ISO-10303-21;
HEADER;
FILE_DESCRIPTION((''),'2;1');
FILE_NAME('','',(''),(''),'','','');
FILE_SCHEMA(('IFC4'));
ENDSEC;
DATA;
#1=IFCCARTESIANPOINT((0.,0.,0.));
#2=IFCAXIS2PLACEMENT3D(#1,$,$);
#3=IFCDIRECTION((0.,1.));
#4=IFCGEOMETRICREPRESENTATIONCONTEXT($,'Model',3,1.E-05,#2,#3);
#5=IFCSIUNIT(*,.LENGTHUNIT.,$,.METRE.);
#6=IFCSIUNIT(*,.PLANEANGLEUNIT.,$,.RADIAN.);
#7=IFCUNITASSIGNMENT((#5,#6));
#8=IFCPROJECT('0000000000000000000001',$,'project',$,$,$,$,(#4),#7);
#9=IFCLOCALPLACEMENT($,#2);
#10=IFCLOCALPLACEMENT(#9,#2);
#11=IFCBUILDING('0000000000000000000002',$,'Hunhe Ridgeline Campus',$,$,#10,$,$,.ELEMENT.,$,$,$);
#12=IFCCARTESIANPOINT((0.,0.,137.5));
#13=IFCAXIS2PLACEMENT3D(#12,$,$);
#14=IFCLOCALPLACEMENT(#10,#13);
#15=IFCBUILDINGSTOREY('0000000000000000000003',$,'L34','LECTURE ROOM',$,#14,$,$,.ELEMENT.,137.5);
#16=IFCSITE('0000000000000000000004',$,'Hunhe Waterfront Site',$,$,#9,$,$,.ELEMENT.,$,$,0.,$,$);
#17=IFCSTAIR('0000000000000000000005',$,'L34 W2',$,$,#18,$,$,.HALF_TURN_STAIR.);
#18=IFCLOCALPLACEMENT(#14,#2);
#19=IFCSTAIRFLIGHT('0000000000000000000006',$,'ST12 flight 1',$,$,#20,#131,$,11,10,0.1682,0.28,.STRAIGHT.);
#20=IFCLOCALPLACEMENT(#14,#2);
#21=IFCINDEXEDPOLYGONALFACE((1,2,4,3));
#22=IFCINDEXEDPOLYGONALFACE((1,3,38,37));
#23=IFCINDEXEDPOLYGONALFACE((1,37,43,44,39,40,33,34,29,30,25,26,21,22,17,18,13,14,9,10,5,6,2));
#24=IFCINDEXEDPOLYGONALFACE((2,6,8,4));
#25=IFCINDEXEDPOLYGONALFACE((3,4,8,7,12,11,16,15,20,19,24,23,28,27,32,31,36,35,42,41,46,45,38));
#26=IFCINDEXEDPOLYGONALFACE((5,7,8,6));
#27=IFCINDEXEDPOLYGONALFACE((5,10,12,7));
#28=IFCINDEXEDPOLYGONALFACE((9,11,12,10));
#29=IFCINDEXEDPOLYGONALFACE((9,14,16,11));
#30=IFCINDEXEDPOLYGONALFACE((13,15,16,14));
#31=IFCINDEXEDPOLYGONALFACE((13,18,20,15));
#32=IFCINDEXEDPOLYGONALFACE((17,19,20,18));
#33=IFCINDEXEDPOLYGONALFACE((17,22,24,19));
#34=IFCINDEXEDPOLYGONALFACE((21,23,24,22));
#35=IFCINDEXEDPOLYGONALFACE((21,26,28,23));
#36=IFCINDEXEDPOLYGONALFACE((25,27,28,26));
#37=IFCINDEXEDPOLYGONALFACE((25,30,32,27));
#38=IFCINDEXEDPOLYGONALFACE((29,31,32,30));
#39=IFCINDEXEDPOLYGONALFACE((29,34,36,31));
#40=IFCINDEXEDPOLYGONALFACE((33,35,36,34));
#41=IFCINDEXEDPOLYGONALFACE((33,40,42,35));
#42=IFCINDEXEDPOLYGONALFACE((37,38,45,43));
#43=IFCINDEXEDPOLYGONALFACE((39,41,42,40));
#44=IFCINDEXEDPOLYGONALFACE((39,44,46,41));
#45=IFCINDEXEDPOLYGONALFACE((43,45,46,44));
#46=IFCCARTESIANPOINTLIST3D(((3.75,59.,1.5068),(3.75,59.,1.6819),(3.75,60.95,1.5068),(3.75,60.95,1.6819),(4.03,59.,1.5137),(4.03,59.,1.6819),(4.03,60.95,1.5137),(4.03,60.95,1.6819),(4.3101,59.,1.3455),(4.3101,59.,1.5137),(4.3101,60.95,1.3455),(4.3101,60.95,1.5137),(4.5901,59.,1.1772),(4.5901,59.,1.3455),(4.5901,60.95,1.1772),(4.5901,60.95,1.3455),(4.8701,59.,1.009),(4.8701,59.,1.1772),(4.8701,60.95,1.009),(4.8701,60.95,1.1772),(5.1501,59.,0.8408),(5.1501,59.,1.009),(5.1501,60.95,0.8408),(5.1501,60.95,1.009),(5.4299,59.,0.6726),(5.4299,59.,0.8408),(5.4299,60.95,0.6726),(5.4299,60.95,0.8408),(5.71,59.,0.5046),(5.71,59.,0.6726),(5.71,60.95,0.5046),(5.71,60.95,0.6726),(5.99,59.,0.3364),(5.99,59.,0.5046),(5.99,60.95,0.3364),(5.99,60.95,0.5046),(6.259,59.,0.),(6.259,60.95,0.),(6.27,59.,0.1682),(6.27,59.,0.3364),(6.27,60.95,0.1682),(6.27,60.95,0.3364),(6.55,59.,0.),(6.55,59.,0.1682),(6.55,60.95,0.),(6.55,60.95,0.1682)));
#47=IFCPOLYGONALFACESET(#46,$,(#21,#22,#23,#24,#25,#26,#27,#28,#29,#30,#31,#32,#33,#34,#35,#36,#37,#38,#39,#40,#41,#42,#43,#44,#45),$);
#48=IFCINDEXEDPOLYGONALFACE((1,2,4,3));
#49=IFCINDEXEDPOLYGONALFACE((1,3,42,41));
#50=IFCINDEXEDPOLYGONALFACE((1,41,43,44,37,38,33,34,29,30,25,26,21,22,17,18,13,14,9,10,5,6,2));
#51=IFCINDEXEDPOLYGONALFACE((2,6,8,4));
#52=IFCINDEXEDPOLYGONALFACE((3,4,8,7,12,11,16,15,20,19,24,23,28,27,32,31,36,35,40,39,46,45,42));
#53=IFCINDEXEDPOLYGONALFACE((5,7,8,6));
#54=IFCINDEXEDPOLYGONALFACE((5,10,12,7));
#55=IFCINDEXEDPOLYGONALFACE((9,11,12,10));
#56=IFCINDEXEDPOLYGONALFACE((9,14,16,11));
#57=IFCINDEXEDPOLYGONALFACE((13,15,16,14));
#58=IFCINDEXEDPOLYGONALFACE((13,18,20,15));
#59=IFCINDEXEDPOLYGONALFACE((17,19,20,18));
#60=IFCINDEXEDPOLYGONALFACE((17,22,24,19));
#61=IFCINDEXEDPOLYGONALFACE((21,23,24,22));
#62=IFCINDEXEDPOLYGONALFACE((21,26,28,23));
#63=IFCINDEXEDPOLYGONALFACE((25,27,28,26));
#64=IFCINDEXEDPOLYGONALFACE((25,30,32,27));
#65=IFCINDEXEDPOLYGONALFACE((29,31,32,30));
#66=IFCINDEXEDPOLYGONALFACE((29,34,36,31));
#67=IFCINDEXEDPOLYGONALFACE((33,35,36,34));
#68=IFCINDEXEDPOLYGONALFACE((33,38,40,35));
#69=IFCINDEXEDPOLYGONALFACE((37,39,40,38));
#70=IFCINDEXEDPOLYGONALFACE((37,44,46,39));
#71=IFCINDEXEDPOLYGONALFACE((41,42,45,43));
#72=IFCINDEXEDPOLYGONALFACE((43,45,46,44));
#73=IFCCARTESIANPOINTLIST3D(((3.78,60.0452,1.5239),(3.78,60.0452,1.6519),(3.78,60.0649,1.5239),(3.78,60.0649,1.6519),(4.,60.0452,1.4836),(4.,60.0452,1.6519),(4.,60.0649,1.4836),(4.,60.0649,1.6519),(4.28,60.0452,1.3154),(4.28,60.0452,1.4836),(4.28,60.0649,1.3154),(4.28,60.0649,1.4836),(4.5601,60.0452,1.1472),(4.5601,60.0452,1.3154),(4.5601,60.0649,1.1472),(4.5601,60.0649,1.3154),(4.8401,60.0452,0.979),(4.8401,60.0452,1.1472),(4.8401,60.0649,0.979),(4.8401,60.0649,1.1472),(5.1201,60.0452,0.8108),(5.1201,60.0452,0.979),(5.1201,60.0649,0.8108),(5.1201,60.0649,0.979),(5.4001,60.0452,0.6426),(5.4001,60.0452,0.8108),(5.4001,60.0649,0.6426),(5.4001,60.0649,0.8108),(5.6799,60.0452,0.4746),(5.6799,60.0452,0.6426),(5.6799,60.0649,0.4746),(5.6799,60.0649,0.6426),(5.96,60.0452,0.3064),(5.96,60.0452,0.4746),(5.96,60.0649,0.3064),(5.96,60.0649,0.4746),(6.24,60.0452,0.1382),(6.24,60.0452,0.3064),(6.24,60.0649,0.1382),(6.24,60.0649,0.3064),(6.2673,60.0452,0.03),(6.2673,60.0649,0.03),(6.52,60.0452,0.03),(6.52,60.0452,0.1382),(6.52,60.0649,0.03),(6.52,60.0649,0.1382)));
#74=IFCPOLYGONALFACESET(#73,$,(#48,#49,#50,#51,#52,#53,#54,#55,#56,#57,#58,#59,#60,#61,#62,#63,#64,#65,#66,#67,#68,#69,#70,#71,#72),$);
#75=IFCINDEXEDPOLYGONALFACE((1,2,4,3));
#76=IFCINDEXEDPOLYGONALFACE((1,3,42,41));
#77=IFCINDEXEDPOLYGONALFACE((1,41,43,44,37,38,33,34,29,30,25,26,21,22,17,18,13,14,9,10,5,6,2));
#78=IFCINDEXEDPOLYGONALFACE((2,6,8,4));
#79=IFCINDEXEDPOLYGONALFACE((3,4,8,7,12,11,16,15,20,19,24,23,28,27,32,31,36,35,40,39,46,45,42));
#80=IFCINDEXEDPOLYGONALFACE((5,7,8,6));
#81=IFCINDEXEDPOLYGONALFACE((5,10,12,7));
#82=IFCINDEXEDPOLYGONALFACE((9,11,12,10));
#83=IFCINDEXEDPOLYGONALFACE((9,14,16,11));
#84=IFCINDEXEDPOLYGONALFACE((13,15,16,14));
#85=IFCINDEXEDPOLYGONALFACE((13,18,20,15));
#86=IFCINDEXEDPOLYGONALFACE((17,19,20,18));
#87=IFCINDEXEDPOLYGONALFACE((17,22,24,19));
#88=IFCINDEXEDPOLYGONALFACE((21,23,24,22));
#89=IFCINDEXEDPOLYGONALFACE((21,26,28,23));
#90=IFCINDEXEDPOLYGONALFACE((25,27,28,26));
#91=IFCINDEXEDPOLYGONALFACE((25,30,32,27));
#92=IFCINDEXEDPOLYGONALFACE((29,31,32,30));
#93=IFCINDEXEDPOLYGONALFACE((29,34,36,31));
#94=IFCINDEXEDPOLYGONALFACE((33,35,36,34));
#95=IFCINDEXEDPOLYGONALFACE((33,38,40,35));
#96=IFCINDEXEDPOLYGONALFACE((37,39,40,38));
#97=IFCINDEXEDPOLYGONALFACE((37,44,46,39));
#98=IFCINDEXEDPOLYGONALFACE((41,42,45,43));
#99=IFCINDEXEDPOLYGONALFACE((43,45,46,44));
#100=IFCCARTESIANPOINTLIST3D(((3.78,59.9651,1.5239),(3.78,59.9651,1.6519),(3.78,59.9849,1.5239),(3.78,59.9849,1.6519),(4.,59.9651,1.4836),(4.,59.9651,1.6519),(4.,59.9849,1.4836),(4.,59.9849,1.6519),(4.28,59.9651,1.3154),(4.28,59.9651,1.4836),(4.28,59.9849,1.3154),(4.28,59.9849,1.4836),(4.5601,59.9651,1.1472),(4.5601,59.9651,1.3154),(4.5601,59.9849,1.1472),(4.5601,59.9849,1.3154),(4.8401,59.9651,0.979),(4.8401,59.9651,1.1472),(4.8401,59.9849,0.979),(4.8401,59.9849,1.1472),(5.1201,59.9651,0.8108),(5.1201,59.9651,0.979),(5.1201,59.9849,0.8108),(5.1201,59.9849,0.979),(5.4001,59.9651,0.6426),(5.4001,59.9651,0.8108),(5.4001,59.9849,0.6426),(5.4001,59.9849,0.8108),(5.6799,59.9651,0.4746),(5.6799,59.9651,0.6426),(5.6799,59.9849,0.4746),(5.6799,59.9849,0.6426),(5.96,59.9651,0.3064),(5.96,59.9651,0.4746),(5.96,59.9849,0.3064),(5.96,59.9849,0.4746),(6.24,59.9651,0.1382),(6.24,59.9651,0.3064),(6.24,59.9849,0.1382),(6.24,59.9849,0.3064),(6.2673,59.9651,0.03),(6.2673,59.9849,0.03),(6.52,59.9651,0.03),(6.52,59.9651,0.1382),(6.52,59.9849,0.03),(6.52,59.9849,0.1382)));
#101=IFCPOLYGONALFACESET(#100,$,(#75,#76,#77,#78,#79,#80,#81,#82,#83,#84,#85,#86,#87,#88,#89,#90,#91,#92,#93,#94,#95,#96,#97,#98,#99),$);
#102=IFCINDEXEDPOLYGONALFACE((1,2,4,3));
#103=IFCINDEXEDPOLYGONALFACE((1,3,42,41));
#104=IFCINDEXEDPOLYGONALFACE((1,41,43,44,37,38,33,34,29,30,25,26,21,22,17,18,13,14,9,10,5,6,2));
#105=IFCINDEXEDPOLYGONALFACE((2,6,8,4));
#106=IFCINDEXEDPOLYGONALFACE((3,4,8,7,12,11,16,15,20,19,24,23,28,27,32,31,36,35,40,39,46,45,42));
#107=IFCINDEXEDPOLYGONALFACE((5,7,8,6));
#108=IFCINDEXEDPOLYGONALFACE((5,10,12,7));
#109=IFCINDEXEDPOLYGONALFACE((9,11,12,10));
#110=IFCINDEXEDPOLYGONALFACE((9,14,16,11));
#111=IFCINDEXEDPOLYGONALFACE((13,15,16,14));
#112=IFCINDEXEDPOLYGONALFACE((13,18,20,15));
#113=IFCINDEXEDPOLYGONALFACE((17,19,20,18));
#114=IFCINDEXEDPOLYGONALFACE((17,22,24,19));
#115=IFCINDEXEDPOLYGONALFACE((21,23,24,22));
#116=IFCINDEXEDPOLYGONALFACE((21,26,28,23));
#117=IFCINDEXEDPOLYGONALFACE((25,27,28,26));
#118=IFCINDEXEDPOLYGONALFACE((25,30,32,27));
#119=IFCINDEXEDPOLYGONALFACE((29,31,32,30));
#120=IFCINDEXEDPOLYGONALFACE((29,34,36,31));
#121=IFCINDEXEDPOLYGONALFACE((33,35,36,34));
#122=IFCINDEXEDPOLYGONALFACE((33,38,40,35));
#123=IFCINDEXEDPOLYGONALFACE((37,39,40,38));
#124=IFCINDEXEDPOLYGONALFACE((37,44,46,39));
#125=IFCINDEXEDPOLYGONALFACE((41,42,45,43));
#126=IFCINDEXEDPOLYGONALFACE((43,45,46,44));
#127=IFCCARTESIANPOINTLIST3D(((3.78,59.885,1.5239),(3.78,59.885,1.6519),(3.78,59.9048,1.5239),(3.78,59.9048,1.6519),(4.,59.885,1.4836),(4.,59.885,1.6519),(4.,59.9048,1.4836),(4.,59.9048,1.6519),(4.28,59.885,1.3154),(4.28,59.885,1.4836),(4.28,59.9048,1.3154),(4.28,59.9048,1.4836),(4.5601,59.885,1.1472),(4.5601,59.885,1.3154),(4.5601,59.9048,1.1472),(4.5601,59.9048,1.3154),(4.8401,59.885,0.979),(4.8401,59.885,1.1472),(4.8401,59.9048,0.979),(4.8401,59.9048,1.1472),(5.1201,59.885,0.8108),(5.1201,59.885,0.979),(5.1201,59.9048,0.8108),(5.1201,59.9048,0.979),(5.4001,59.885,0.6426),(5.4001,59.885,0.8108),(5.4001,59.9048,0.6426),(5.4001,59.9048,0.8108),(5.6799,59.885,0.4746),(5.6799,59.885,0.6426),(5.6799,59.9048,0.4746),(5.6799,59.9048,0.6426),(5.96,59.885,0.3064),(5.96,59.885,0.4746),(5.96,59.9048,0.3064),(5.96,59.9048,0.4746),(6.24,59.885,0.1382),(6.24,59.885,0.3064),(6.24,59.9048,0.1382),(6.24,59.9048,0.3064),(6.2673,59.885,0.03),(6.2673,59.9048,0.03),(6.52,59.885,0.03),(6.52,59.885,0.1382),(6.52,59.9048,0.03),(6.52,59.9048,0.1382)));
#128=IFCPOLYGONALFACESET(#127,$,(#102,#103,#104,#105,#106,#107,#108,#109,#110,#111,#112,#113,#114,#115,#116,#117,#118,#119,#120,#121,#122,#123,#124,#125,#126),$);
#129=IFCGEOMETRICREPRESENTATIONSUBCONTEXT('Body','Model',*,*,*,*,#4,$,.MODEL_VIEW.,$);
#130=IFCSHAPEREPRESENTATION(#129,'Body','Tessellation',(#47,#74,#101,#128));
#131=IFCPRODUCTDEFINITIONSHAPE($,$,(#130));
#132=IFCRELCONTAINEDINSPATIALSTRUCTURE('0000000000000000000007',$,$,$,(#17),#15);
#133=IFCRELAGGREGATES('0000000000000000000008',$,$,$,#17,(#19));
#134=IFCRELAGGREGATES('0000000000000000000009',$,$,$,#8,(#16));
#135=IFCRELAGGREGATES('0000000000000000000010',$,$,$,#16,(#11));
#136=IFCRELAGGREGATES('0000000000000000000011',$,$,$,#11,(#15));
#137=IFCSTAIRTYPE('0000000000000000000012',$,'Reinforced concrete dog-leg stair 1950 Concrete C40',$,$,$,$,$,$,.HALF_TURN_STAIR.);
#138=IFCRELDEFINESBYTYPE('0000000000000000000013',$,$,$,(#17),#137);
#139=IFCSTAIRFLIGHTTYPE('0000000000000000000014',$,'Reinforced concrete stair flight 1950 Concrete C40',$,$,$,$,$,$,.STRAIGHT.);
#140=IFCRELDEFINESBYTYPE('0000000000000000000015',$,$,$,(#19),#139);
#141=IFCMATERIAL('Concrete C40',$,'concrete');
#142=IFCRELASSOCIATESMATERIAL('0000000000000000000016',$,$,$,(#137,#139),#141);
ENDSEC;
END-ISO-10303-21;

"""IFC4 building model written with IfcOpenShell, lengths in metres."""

from ifc_helpers import new_model, si_unit, direction, frame, origin, place, context, subcontext, project, spatial, polyline, outline, extrude, material, type_object, element, aggregate, save


model = new_model("IFC4")

# Units and contexts
model_context = context("Model", 3, precision=1e-05, world=origin(), true_north=direction((0.0, 1.0)))
body_context = subcontext(model_context, "Body", "Model", "MODEL_VIEW")
ifc_project = project(units=[si_unit("LENGTHUNIT", "METRE"), si_unit("PLANEANGLEUNIT", "RADIAN")], contexts=[model_context])

# Site, building, storey
site_placement = place(None, origin())
site = spatial("IfcSite", under=ifc_project, at=site_placement, Name="Hunhe Waterfront Site", CompositionType="ELEMENT", RefElevation=0.0)
building_placement = place(site_placement, origin())
building = spatial("IfcBuilding", under=site, at=building_placement, Name="Hunhe Ridgeline Campus", CompositionType="ELEMENT")
storey_placement = place(building_placement, frame((0.0, 0.0, 137.5)))
storey = spatial("IfcBuildingStorey", under=building, at=storey_placement, Name="L34", Description="LECTURE ROOM", CompositionType="ELEMENT", Elevation=137.5)

# Stair, stair flight
ifc_material_1 = material(Name="Concrete C40", Category="concrete")
stair_type = type_object("IfcStairType", Name="Reinforced concrete dog-leg stair 1950 Concrete C40", PredefinedType="HALF_TURN_STAIR", material=ifc_material_1)
stair_flight_type = type_object("IfcStairFlightType", Name="Reinforced concrete stair flight 1950 Concrete C40", PredefinedType="STRAIGHT", material=ifc_material_1)
stair_1_placement = place(storey_placement, origin())
stair_1 = element("IfcStair", 1, at=stair_1_placement, inside=storey, type_object=stair_type, Name="L34 W2", PredefinedType="HALF_TURN_STAIR")
stair_flight_1_placement = place(storey_placement, frame((6.55, 59.9751, 0.0), z_axis=(0.0, 0.0, 1.0), x_axis=(-1.0, 0.0, 0.0)))
stair_flight_1 = element("IfcStairFlight", 2, at=stair_flight_1_placement, type_object=stair_flight_type, Name="ST12 flight 1", NumberOfRisers=11, NumberOfTreads=10, PredefinedType="STRAIGHT", RiserHeight=0.1682, TreadLength=0.28, context=body_context, shape_type="SweptSolid", body=[
    extrude(outline(polyline([(0.0, 0.0), (0.0, 0.1682), (0.28, 0.1682), (0.28, 0.3364), (0.5601, 0.3364), (0.5601, 0.5046), (0.8401, 0.5046), (0.8401, 0.6726), (1.1201, 0.6726), (1.1201, 0.8408), (1.3999, 0.8408), (1.3999, 1.009), (1.6799, 1.009), (1.6799, 1.1772), (1.96, 1.1772), (1.96, 1.3455), (2.24, 1.3455), (2.24, 1.5137), (2.52, 1.5137), (2.52, 1.6819), (2.8, 1.6819), (2.8, 1.8501), (2.8, 1.5068), (0.291, 0.0), (0.0, 0.0)])), frame((0.0, 0.9751, 0.0), z_axis=(0.0, -1.0, 0.0), x_axis=(1.0, 0.0, 0.0)), (0.0, 0.0, 1.0), 1.95),
    extrude(outline(polyline([(0.03, 0.03), (0.03, 0.1382), (0.3101, 0.1382), (0.3101, 0.3064), (0.5901, 0.3064), (0.5901, 0.4746), (0.8701, 0.4746), (0.8701, 0.6426), (1.1499, 0.6426), (1.1499, 0.8108), (1.4299, 0.8108), (1.4299, 0.979), (1.71, 0.979), (1.71, 1.1472), (1.99, 1.1472), (1.99, 1.3154), (2.27, 1.3154), (2.27, 1.4836), (2.55, 1.4836), (2.55, 1.6519), (2.77, 1.6519), (2.77, 1.5239), (0.2827, 0.03), (0.03, 0.03)])), frame((0.0, -0.0701, 0.0), z_axis=(0.0, -1.0, 0.0), x_axis=(1.0, 0.0, 0.0)), (0.0, 0.0, 1.0), 0.0198),
    extrude(outline(polyline([(0.03, 0.03), (0.03, 0.1382), (0.3101, 0.1382), (0.3101, 0.3064), (0.5901, 0.3064), (0.5901, 0.4746), (0.8701, 0.4746), (0.8701, 0.6426), (1.1499, 0.6426), (1.1499, 0.8108), (1.4299, 0.8108), (1.4299, 0.979), (1.71, 0.979), (1.71, 1.1472), (1.99, 1.1472), (1.99, 1.3154), (2.27, 1.3154), (2.27, 1.4836), (2.55, 1.4836), (2.55, 1.6519), (2.77, 1.6519), (2.77, 1.5239), (0.2827, 0.03), (0.03, 0.03)])), frame((0.0, 0.01, 0.0), z_axis=(0.0, -1.0, 0.0), x_axis=(1.0, 0.0, 0.0)), (0.0, 0.0, 1.0), 0.0198),
    extrude(outline(polyline([(0.03, 0.03), (0.03, 0.1382), (0.3101, 0.1382), (0.3101, 0.3064), (0.5901, 0.3064), (0.5901, 0.4746), (0.8701, 0.4746), (0.8701, 0.6426), (1.1499, 0.6426), (1.1499, 0.8108), (1.4299, 0.8108), (1.4299, 0.979), (1.71, 0.979), (1.71, 1.1472), (1.99, 1.1472), (1.99, 1.3154), (2.27, 1.3154), (2.27, 1.4836), (2.55, 1.4836), (2.55, 1.6519), (2.77, 1.6519), (2.77, 1.5239), (0.2827, 0.03), (0.03, 0.03)])), frame((0.0, 0.0901, 0.0), z_axis=(0.0, -1.0, 0.0), x_axis=(1.0, 0.0, 0.0)), (0.0, 0.0, 1.0), 0.0198),
])
aggregate(stair_1, [stair_flight_1])

save(model, "model.ifc")
